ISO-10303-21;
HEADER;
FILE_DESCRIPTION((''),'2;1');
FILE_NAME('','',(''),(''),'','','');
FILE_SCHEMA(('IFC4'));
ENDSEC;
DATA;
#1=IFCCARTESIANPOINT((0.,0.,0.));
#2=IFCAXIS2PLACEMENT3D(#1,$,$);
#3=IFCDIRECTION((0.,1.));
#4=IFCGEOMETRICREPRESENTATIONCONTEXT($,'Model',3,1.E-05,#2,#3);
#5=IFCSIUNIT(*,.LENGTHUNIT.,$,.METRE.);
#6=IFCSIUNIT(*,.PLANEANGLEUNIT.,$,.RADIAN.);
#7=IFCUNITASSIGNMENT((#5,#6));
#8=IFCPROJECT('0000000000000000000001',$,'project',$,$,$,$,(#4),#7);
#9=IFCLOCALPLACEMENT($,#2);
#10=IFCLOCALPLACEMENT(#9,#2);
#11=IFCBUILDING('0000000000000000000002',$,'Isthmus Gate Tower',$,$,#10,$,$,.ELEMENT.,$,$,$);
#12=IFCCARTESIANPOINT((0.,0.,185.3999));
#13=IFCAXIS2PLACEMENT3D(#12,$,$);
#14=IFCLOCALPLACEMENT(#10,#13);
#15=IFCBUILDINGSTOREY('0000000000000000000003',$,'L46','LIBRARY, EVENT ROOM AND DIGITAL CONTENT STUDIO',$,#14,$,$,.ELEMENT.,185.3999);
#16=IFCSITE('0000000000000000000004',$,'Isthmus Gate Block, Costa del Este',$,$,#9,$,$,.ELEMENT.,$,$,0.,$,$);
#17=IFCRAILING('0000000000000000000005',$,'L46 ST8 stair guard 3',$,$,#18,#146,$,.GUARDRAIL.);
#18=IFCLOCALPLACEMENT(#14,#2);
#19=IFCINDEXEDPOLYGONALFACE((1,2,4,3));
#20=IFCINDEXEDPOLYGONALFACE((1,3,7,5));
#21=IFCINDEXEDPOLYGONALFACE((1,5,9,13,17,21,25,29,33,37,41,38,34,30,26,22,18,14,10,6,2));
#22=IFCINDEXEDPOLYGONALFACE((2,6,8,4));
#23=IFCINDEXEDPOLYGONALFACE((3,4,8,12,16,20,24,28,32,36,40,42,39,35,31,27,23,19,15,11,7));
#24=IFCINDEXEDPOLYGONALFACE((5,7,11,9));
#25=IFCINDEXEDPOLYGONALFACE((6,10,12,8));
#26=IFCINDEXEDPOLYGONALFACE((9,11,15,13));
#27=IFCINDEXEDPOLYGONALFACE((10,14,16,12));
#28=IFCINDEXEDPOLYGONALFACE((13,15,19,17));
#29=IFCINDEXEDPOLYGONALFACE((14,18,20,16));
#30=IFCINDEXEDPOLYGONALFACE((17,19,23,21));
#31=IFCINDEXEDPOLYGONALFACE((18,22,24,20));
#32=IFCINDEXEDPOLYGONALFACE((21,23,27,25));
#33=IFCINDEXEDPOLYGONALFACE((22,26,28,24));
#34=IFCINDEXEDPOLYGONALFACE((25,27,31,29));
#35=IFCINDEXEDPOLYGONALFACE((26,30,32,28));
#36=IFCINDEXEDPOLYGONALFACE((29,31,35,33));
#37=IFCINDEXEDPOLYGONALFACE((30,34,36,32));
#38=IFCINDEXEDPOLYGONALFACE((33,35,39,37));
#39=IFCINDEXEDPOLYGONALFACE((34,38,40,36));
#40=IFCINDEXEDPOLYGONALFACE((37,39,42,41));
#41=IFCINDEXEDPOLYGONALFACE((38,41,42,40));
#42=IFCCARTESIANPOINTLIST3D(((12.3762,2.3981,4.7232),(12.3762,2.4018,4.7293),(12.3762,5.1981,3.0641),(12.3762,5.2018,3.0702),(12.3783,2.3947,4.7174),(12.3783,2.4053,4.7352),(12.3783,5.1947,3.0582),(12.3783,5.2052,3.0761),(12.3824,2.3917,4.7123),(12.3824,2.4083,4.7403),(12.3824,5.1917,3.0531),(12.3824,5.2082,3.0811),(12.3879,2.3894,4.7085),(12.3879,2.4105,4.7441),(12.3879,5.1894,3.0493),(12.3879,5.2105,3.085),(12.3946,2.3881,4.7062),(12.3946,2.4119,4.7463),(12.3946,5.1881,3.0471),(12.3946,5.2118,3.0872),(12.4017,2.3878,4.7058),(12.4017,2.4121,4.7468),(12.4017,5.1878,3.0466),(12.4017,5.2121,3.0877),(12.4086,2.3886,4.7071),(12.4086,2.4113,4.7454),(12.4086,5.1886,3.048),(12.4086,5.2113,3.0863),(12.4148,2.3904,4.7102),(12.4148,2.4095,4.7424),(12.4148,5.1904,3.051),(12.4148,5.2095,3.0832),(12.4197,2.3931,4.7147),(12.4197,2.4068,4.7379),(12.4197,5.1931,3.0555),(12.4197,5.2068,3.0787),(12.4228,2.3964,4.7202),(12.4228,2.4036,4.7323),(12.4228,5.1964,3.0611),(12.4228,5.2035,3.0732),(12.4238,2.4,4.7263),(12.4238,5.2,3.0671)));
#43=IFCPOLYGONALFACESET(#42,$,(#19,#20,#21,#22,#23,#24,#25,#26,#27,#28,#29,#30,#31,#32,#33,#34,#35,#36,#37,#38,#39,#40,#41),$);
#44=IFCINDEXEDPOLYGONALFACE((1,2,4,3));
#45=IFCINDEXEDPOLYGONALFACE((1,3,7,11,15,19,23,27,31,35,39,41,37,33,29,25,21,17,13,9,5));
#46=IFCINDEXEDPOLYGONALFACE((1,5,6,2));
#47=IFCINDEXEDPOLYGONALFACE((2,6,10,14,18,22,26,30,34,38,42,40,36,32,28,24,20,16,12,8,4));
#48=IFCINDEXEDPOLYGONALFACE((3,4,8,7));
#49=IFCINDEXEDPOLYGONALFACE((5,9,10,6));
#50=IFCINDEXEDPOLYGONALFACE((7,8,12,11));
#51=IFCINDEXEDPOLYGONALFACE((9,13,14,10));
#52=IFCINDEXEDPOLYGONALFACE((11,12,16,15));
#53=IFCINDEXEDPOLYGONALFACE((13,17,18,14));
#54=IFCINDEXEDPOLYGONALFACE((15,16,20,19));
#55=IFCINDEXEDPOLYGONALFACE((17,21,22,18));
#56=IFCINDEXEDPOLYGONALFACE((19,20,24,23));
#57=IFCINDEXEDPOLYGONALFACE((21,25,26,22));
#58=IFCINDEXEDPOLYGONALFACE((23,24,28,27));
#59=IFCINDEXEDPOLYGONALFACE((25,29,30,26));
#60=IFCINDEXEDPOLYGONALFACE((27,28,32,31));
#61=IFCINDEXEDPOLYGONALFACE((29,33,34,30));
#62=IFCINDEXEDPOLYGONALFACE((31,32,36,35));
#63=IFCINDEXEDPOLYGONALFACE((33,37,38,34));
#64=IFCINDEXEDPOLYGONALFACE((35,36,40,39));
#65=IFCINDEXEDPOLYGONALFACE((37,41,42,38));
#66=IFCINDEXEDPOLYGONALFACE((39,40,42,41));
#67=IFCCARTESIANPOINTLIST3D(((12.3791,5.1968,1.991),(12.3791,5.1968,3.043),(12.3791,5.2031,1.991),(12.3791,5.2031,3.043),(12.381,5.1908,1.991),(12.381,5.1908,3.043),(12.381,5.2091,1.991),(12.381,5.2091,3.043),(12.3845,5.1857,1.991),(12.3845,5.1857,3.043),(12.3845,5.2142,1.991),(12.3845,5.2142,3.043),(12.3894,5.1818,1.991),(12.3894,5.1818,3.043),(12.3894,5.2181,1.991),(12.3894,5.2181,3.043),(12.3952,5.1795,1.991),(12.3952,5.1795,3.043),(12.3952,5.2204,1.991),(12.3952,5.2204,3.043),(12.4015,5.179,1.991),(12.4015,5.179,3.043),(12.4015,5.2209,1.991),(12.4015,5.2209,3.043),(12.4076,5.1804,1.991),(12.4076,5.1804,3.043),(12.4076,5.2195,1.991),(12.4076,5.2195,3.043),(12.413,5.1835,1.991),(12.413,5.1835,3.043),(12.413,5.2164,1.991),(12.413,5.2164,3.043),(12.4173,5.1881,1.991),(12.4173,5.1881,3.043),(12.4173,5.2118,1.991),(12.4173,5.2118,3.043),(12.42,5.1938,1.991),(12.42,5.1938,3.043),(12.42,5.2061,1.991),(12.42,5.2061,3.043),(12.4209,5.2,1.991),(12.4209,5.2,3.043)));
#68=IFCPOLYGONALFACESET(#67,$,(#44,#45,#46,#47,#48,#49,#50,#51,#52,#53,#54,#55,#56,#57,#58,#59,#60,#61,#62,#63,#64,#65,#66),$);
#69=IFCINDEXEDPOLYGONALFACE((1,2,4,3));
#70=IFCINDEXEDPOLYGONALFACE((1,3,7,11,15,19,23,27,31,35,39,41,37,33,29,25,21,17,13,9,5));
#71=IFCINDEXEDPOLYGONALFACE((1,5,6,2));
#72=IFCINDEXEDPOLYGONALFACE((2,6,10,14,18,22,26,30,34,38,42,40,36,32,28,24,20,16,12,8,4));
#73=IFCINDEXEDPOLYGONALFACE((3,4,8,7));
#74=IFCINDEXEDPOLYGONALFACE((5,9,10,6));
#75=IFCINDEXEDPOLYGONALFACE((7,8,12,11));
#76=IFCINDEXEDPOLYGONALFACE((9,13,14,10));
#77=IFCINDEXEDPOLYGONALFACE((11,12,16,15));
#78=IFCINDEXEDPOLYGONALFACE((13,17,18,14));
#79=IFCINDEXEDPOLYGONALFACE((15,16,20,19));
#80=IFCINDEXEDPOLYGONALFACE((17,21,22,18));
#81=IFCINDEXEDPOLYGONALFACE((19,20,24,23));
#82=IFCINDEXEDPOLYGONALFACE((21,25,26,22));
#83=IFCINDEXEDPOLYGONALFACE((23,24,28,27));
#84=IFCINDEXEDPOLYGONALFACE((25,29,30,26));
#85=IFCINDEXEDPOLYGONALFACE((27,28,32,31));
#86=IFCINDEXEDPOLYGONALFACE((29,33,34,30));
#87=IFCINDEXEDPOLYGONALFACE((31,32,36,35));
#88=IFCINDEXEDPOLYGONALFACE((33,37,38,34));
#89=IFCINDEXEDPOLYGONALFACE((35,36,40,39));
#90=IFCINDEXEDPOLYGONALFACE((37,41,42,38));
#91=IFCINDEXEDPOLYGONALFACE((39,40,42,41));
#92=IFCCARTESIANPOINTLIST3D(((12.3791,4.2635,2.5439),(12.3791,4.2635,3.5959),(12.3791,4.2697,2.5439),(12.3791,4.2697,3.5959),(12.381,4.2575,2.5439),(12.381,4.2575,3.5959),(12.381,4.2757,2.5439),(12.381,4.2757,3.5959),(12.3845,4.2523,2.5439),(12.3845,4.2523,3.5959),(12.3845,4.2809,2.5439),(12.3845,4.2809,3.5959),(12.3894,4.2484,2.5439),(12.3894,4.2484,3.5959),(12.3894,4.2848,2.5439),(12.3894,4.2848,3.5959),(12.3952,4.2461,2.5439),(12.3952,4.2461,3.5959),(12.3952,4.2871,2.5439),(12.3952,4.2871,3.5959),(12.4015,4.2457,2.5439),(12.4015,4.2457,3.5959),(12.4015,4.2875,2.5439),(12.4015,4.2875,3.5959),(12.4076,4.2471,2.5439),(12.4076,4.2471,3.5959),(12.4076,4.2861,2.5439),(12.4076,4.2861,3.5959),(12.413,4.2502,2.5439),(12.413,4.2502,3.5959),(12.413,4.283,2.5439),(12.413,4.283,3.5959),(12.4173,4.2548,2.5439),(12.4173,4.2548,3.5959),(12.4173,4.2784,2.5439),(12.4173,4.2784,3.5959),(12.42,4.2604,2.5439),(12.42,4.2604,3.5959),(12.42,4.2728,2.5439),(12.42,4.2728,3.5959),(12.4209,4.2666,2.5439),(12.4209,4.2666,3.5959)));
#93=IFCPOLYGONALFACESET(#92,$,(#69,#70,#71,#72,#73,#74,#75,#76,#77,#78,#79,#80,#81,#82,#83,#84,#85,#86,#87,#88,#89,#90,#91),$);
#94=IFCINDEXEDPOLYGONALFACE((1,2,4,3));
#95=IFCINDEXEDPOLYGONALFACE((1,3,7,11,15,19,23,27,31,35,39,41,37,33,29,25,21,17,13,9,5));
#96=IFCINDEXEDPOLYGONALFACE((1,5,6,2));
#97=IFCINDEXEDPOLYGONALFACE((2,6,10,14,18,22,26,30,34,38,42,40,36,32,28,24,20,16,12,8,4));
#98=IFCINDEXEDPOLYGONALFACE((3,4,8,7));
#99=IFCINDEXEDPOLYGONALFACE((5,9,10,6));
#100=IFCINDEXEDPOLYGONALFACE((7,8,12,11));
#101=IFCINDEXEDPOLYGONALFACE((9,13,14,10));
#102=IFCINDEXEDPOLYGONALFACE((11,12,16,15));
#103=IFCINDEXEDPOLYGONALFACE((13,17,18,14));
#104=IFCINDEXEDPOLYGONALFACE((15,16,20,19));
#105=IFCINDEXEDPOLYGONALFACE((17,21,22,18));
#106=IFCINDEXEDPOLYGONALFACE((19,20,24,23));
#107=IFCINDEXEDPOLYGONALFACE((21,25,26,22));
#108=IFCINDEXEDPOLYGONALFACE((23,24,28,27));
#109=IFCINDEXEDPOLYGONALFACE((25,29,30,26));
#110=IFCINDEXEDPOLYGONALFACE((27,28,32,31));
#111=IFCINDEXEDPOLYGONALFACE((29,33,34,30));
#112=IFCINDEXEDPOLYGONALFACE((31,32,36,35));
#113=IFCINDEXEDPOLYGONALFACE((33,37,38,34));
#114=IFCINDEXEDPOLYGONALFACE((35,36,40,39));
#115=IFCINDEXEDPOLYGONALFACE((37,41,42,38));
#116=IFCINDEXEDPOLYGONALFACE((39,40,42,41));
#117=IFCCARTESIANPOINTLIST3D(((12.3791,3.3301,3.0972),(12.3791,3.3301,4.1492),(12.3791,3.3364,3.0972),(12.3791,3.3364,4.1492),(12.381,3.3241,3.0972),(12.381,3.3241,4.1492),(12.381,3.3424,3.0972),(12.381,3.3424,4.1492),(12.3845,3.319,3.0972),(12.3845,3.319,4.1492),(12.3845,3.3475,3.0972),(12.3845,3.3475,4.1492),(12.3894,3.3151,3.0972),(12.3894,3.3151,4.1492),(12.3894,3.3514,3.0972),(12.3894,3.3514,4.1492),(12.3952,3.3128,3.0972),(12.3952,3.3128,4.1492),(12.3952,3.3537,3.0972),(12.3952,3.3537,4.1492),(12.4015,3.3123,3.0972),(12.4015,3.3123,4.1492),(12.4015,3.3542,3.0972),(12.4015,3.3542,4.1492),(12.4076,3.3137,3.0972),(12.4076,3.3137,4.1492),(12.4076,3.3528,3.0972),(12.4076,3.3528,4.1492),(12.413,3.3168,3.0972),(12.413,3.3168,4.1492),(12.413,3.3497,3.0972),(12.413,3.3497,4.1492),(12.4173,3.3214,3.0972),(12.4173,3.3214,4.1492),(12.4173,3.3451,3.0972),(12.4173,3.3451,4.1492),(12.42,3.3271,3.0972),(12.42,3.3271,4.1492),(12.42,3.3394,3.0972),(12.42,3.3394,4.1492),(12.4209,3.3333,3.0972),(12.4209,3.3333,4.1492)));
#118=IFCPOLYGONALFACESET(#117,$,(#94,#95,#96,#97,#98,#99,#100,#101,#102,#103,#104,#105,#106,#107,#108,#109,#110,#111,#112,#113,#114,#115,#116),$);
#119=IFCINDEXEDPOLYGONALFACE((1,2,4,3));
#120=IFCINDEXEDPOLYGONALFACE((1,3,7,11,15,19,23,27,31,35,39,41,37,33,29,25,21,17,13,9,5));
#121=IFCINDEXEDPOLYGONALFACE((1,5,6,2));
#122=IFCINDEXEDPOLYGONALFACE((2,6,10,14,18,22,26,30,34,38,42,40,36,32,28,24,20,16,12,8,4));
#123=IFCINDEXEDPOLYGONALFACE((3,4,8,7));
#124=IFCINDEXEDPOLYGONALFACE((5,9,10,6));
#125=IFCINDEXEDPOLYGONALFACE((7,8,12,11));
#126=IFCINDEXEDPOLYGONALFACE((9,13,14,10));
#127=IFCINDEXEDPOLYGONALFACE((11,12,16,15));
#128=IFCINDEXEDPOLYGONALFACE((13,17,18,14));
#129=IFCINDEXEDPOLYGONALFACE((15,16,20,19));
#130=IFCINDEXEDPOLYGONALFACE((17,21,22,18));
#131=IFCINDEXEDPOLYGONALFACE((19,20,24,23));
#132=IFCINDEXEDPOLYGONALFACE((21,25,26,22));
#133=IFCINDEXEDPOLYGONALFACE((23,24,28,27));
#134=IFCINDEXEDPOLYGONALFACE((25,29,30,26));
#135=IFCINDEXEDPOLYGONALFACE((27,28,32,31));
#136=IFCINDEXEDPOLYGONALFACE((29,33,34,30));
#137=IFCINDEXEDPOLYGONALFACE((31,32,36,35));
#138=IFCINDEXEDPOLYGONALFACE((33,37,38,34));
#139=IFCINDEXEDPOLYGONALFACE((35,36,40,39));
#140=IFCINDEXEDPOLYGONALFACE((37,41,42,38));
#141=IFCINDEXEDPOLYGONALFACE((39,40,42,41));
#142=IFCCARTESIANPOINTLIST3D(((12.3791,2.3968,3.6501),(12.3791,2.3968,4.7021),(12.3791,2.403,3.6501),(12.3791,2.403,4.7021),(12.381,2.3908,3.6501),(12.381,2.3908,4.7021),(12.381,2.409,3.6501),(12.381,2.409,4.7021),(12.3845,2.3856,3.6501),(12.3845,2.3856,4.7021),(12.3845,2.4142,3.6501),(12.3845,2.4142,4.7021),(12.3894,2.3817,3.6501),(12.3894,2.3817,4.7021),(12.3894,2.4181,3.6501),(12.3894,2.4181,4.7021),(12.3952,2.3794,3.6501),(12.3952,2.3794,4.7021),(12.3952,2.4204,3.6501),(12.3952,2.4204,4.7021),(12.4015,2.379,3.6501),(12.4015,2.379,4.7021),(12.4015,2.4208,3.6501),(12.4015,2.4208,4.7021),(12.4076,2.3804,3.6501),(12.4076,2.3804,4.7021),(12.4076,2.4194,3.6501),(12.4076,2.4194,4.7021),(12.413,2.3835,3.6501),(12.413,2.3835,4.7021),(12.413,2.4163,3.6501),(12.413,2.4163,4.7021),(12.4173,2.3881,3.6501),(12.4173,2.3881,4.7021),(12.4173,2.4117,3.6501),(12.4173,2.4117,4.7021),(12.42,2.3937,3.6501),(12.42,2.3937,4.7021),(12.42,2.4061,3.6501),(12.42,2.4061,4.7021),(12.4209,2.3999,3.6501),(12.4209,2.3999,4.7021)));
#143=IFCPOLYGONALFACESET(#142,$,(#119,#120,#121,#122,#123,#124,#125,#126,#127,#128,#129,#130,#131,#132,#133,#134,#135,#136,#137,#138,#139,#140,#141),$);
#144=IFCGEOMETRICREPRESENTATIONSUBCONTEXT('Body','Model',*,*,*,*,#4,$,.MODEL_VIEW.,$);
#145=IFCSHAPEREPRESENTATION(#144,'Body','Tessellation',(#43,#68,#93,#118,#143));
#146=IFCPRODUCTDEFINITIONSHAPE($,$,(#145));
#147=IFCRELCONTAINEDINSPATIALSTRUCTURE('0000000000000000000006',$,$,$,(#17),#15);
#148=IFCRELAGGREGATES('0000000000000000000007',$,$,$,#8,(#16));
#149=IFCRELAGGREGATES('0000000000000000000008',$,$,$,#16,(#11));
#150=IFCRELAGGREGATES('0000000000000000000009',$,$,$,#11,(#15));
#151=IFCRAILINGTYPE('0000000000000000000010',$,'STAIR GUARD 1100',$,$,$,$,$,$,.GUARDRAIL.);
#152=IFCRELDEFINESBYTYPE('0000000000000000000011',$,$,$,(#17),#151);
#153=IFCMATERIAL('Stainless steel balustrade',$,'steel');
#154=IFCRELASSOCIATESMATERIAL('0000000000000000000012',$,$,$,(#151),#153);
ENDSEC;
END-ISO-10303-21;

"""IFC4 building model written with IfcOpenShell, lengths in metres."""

from ifc_helpers import new_model, si_unit, direction, frame, origin, origin_2d, place, context, subcontext, project, spatial, circle, extrude, material, type_object, element, save


model = new_model("IFC4")

# Units and contexts
model_context = context("Model", 3, precision=1e-05, world=origin(), true_north=direction((0.0, 1.0)))
body_context = subcontext(model_context, "Body", "Model", "MODEL_VIEW")
ifc_project = project(units=[si_unit("LENGTHUNIT", "METRE"), si_unit("PLANEANGLEUNIT", "RADIAN")], contexts=[model_context])

# Site, building, storey
site_placement = place(None, origin())
site = spatial("IfcSite", under=ifc_project, at=site_placement, Name="Isthmus Gate Block, Costa del Este", CompositionType="ELEMENT", RefElevation=0.0)
building_placement = place(site_placement, origin())
building = spatial("IfcBuilding", under=site, at=building_placement, Name="Isthmus Gate Tower", CompositionType="ELEMENT")
storey_placement = place(building_placement, frame((0.0, 0.0, 185.3999)))
storey = spatial("IfcBuildingStorey", under=building, at=storey_placement, Name="L46", Description="LIBRARY, EVENT ROOM AND DIGITAL CONTENT STUDIO", CompositionType="ELEMENT", Elevation=185.3999)

# Railing
ifc_material_1 = material(Name="Stainless steel balustrade", Category="steel")
railing_type_1 = type_object("IfcRailingType", Name="STAIR GUARD 1100", PredefinedType="GUARDRAIL", material=ifc_material_1)
railing_1_placement = place(storey_placement, frame((12.3999, 5.2, 1.991)))
element("IfcRailing", 1, at=railing_1_placement, inside=storey, type_object=railing_type_1, Name="L46 ST8 stair guard 3", PredefinedType="GUARDRAIL", context=body_context, shape_type="SweptSolid", body=[
    extrude(circle(Radius=0.0239, at=origin_2d()), frame((0.0, 0.0, 1.0762), z_axis=(0.0, -0.860306, 0.509778), x_axis=(1.0, 0.0, 0.0)), (0.0, 0.0, 1.0), 3.2546),
    extrude(circle(Radius=0.021, at=origin_2d()), origin(), (0.0, 0.0, 1.0), 1.052),
    extrude(circle(Radius=0.021, at=origin_2d()), frame((0.0, -0.9333, 0.553)), (0.0, 0.0, 1.0), 1.052),
    extrude(circle(Radius=0.021, at=origin_2d()), frame((0.0, -1.8667, 1.1062)), (0.0, 0.0, 1.0), 1.052),
    extrude(circle(Radius=0.021, at=origin_2d()), frame((0.0, -2.8, 1.6592)), (0.0, 0.0, 1.0), 1.052),
])

save(model, "model.ifc")
